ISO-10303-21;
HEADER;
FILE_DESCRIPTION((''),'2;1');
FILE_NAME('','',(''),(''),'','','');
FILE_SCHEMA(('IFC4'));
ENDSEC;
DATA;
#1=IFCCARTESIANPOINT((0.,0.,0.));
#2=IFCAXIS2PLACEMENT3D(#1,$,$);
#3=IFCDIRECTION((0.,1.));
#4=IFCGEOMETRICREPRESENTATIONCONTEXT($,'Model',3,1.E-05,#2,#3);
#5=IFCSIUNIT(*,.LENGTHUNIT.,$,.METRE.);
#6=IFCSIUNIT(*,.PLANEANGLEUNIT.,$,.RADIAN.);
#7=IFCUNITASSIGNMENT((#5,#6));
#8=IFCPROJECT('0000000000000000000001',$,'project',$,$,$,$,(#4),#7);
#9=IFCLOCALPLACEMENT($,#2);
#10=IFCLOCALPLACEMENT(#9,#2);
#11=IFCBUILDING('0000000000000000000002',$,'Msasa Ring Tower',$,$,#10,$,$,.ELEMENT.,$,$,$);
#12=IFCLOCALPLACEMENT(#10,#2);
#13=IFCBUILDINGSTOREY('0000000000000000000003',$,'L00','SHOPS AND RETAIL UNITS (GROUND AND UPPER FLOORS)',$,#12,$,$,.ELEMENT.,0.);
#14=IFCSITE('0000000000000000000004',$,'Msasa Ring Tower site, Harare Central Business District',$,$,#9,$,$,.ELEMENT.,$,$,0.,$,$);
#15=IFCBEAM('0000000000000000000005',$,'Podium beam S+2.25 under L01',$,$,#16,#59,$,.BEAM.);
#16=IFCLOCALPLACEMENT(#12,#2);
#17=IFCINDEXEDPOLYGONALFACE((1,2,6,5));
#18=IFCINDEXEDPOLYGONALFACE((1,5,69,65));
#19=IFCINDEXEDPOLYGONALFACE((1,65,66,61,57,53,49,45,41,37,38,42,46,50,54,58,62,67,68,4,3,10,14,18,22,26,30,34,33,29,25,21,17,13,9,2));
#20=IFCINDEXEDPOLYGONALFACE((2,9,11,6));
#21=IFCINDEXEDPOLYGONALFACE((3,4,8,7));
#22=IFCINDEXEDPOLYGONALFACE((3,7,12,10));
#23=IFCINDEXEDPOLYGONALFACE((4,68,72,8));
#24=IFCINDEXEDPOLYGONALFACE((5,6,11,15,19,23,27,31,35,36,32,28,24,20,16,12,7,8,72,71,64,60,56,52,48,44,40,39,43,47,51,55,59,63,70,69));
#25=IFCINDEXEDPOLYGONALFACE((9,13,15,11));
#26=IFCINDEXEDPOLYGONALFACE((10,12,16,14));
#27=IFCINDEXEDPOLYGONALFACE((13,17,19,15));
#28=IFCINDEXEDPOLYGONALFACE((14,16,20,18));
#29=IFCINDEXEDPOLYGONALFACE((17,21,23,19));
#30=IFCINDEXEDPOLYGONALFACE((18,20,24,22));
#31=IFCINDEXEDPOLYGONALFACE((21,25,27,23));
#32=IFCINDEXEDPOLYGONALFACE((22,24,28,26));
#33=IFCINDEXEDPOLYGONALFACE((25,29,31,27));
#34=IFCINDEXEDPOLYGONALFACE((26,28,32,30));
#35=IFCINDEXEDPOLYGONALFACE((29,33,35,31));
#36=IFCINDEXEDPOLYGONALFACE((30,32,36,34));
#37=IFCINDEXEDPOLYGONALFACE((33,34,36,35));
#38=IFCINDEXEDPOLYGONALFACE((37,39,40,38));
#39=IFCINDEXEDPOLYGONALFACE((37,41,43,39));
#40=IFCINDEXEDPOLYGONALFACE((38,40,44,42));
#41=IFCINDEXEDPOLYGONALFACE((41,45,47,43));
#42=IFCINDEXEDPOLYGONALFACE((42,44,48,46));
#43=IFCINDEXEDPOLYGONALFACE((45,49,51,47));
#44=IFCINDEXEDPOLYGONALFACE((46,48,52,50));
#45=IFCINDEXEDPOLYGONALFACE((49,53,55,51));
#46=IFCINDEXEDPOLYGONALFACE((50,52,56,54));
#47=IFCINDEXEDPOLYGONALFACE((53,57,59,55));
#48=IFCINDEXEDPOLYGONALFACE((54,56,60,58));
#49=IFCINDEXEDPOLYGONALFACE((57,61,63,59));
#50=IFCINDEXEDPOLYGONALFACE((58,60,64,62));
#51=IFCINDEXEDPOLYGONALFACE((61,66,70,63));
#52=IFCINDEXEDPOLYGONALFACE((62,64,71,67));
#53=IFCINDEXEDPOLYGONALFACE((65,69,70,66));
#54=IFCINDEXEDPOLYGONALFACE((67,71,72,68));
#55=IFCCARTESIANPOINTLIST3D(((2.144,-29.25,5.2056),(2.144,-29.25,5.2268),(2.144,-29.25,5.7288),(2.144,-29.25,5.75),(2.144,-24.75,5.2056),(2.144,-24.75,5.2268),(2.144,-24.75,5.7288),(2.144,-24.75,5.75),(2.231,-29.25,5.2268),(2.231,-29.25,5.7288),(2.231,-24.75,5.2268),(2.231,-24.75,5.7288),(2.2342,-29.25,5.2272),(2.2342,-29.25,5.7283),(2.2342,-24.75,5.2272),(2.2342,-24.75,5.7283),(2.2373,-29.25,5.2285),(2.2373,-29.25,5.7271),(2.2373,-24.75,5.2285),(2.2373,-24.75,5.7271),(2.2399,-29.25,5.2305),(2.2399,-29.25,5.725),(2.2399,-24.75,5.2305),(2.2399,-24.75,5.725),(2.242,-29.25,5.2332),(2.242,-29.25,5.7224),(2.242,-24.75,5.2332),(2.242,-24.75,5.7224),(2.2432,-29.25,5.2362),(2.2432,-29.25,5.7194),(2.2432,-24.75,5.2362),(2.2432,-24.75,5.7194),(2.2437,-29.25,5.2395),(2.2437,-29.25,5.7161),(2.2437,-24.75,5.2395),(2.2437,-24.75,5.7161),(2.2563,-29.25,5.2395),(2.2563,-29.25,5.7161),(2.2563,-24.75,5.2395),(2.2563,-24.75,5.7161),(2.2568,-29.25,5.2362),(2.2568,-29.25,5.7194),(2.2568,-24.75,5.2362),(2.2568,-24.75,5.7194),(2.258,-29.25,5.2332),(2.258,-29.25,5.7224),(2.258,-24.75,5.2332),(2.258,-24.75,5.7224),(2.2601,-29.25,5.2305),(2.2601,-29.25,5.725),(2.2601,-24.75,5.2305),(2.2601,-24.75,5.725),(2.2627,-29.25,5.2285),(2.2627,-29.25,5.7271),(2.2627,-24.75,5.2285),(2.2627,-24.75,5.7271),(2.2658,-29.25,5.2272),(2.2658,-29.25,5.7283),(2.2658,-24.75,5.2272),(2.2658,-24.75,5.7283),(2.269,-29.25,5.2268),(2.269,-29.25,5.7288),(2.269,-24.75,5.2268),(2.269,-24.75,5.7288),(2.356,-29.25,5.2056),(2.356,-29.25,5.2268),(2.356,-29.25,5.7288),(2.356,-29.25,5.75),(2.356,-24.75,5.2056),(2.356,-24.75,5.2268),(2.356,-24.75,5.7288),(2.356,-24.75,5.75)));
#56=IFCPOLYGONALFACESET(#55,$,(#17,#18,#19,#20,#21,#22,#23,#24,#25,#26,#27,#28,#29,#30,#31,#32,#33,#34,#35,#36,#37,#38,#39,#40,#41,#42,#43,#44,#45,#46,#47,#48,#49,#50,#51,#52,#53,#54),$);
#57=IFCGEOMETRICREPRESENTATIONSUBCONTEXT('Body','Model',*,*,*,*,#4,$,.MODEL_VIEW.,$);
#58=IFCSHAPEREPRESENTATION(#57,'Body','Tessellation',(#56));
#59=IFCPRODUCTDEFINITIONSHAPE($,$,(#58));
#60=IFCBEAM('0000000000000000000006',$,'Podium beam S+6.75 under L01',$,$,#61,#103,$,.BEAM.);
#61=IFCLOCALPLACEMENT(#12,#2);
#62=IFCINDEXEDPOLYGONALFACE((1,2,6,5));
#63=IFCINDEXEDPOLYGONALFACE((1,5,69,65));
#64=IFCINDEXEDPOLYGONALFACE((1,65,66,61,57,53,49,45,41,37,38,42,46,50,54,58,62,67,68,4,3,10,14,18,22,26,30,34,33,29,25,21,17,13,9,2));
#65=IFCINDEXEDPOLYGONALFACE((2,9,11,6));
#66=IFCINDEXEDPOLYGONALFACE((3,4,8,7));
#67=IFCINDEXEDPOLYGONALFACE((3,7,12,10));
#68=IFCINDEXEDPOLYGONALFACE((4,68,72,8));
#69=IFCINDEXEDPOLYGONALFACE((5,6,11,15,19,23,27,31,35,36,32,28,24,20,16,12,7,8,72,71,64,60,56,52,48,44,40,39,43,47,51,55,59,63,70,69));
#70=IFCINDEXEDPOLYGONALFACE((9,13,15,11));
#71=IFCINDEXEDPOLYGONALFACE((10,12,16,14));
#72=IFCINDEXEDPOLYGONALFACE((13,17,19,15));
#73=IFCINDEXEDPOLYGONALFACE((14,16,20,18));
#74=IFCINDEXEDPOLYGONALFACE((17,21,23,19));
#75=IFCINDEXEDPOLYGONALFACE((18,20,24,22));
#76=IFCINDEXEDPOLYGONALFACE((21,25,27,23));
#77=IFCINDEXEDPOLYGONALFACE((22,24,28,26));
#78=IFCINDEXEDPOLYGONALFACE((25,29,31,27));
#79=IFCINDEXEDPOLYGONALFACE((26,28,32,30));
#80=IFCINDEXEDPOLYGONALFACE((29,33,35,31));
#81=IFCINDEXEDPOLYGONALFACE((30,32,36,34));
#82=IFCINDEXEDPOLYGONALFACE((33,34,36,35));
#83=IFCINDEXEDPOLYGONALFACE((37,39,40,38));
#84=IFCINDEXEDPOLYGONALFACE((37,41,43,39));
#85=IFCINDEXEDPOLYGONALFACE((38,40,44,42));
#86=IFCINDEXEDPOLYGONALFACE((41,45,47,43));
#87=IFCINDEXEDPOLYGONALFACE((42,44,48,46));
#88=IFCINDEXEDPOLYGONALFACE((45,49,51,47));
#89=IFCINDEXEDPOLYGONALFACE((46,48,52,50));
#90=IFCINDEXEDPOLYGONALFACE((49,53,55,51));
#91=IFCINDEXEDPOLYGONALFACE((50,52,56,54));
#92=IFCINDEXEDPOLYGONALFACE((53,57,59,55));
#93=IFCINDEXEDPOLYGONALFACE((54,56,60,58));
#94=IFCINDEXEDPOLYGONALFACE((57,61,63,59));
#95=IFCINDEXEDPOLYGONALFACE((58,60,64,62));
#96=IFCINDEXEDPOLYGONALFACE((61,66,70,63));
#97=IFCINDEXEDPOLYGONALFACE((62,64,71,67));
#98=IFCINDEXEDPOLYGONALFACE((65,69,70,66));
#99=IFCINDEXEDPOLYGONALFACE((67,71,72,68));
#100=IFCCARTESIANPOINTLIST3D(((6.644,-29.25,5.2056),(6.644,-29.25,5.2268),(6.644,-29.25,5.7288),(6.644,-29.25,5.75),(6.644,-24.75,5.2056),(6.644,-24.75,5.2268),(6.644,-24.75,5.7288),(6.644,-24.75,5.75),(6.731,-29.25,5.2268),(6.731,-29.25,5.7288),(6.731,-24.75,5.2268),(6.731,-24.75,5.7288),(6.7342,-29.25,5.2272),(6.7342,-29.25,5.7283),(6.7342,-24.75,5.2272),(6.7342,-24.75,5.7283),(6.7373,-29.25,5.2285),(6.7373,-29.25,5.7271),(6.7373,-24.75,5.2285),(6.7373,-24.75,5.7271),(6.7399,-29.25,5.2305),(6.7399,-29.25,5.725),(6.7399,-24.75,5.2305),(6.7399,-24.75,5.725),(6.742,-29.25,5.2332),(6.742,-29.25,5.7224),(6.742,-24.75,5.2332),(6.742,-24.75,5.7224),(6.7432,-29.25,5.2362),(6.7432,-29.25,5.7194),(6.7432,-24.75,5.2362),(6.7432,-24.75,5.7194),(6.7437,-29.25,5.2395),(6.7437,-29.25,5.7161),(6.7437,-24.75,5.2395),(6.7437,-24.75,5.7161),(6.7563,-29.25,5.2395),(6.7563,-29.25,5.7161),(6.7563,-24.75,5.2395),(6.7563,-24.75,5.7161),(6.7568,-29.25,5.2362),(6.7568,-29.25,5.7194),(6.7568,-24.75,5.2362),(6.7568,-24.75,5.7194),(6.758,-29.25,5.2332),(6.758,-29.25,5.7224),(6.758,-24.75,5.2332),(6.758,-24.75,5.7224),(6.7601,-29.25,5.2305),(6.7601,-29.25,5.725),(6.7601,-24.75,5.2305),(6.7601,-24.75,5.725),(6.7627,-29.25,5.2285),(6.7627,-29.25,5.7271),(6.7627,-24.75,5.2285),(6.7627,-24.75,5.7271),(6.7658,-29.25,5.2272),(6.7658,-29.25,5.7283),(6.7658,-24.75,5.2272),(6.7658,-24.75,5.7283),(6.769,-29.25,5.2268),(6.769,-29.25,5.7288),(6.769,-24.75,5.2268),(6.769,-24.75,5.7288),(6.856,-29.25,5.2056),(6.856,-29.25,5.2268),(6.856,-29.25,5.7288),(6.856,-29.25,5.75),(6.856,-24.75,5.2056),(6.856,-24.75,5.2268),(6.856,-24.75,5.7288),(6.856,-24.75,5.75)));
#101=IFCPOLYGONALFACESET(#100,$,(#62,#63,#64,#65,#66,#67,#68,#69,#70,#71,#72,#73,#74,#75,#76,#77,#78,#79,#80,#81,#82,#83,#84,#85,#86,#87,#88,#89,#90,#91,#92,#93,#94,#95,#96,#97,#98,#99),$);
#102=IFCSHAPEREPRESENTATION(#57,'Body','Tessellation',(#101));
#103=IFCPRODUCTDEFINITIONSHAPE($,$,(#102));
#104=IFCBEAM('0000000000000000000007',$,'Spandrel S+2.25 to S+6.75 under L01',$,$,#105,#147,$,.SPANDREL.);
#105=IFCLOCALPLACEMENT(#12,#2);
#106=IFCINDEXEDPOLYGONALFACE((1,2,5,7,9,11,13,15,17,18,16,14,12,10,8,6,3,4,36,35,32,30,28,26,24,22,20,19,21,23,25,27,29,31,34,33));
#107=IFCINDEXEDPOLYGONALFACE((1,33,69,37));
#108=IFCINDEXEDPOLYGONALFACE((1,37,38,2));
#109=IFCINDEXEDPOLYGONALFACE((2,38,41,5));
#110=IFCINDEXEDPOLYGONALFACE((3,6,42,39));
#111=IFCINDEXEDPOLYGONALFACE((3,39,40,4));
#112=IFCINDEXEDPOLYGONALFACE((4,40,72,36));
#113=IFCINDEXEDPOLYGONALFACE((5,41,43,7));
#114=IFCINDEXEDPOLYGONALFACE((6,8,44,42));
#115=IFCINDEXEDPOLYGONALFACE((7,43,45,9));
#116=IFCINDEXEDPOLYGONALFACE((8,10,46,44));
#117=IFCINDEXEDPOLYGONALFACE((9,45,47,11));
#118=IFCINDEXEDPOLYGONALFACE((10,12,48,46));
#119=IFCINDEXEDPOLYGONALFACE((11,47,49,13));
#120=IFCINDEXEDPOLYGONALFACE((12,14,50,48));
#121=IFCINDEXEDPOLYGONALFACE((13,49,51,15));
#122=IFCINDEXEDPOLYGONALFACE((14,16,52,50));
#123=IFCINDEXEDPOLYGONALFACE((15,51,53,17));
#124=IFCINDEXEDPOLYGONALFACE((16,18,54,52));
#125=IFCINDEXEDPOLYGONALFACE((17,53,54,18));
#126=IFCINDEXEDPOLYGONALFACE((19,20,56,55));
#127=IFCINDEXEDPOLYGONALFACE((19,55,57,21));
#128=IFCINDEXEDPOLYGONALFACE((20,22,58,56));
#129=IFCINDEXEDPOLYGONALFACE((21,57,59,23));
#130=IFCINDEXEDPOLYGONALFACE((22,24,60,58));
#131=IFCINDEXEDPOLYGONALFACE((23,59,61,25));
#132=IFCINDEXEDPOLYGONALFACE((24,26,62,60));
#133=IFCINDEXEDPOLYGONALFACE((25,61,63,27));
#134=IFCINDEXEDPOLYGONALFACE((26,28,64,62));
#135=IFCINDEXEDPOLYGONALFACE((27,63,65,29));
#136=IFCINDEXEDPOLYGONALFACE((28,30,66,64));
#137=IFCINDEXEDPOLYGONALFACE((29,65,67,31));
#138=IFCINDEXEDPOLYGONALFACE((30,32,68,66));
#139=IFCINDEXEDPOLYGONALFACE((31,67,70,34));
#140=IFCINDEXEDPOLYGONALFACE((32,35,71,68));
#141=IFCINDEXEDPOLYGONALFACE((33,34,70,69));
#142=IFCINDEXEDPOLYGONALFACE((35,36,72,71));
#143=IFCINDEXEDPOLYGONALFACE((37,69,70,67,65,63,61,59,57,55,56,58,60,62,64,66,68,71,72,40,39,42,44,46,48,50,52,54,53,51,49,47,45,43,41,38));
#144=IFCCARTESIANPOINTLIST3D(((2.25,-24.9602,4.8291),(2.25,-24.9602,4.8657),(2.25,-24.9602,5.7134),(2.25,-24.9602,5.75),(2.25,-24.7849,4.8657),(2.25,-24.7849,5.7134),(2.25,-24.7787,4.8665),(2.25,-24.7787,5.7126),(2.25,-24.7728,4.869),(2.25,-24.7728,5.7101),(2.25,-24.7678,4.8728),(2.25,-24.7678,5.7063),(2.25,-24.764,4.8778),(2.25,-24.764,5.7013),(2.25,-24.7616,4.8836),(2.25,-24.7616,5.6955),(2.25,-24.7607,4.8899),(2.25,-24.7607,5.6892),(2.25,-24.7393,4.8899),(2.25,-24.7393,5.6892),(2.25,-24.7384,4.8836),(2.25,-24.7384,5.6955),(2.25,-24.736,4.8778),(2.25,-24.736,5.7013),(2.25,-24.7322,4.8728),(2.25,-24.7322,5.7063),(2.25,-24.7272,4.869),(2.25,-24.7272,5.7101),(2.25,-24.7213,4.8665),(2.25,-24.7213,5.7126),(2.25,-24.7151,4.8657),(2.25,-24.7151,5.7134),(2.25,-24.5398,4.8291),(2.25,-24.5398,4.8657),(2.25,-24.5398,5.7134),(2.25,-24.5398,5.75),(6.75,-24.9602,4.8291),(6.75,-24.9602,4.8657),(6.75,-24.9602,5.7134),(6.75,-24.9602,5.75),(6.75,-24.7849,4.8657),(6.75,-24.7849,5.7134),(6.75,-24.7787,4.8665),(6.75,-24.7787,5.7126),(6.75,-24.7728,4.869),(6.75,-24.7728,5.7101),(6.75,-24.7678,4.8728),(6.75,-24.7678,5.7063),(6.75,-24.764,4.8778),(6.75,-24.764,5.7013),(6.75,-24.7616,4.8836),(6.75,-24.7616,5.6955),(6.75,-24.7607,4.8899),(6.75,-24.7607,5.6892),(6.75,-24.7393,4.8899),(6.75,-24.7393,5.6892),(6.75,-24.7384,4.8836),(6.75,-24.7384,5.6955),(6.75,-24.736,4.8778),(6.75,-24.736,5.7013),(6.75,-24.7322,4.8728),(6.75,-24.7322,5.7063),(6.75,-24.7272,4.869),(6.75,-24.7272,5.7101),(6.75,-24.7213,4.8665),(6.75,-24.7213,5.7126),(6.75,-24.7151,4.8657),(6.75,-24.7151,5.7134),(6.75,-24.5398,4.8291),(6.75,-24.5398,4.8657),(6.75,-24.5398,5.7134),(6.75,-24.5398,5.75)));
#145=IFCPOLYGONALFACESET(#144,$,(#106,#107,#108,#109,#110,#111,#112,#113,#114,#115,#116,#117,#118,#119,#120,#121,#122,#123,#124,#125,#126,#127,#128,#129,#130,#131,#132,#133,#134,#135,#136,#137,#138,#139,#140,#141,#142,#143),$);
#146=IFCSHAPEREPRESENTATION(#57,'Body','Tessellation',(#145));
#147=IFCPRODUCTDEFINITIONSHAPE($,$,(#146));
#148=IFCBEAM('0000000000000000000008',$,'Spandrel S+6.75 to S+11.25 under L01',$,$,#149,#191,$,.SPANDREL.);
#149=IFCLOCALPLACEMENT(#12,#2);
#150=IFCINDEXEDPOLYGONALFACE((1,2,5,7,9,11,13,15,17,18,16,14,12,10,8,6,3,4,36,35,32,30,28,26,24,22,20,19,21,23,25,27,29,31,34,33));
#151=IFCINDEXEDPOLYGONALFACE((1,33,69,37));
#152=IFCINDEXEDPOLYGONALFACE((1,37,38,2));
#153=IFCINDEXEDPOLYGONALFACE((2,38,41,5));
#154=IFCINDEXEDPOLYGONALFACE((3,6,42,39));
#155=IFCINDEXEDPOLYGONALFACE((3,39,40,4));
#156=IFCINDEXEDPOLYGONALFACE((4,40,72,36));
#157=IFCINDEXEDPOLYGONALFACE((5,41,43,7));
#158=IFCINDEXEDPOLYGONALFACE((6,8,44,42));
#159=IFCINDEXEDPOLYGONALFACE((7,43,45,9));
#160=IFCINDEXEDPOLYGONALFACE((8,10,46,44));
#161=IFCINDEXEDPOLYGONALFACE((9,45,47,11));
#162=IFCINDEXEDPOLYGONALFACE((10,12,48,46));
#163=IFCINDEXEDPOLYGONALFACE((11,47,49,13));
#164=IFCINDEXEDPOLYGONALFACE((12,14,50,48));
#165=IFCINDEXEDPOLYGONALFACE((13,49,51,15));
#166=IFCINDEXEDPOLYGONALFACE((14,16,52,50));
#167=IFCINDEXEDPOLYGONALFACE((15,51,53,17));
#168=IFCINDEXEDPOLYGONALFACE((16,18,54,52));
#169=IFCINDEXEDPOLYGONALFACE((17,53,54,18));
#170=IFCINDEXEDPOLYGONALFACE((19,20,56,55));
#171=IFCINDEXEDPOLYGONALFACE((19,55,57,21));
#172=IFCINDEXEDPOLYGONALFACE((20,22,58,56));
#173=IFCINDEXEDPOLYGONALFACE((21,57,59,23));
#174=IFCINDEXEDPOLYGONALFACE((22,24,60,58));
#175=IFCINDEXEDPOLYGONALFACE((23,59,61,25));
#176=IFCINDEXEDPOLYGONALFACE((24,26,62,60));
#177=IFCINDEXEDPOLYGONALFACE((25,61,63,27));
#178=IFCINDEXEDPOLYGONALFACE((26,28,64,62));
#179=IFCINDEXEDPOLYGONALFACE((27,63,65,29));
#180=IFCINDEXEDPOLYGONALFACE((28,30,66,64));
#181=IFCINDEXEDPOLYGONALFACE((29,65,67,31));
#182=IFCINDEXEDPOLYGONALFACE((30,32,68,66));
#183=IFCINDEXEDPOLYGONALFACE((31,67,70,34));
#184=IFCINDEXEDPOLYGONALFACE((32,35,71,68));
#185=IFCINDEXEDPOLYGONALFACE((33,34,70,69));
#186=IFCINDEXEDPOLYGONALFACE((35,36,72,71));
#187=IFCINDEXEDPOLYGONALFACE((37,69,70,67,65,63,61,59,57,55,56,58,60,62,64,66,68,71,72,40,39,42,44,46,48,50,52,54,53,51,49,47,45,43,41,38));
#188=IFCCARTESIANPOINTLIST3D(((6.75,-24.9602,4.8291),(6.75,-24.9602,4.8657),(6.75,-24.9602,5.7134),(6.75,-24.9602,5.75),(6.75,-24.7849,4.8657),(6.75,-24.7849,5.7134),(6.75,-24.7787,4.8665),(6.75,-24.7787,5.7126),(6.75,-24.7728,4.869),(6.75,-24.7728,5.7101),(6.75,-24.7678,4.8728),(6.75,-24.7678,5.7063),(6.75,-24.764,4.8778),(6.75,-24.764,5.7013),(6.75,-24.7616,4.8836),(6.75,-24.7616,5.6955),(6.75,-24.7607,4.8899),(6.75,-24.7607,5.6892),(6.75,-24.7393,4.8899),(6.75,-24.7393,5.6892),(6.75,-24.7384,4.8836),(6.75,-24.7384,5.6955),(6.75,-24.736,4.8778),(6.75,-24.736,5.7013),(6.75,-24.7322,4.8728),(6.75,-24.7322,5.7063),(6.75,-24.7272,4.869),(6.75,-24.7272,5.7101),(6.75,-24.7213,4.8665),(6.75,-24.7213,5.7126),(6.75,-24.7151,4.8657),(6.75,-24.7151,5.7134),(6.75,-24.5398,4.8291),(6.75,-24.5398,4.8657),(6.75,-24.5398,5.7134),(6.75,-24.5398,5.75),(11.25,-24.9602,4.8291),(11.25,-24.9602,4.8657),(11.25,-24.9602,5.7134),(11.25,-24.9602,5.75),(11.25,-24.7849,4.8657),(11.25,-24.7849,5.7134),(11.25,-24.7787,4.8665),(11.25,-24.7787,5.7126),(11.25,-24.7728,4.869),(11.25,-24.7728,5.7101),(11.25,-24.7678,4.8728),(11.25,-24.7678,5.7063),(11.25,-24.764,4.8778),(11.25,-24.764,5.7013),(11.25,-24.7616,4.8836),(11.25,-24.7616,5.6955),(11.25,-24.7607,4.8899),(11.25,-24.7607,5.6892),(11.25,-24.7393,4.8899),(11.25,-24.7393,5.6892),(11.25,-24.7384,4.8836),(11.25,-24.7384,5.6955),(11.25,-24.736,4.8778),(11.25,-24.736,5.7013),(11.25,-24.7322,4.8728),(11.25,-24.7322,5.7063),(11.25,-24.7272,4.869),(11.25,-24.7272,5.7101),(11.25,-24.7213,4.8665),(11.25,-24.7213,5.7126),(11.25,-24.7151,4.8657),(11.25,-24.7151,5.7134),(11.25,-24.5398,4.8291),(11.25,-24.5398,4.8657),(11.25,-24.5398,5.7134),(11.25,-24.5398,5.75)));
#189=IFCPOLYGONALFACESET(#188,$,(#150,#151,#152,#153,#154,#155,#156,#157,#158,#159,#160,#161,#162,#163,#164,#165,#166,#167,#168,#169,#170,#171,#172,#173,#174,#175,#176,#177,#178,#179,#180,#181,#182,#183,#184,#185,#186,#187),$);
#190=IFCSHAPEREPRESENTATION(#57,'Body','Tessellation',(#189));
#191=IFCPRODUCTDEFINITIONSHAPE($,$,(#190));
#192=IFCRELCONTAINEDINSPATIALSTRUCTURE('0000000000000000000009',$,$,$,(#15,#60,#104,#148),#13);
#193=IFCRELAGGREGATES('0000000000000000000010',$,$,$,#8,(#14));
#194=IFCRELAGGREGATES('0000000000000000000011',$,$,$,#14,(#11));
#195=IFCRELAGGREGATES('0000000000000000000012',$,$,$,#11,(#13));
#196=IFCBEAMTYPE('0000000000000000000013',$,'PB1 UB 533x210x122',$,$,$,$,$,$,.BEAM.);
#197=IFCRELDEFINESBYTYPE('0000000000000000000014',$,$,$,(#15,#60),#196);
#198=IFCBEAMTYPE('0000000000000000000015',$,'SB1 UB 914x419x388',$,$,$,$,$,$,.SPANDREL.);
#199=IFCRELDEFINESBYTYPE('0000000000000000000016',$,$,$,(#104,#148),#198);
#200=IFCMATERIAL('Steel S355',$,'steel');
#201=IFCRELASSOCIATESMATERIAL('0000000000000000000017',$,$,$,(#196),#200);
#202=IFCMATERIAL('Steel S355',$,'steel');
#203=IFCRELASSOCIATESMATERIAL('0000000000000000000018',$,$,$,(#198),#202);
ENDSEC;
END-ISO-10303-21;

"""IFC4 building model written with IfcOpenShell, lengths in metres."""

from ifc_helpers import new_model, si_unit, direction, frame, origin, origin_2d, place, context, subcontext, project, spatial, i_section, extrude, material, material_profile, profile_set, type_object, element, save


model = new_model("IFC4")

# Units and contexts
model_context = context("Model", 3, precision=1e-05, world=origin(), true_north=direction((0.0, 1.0)))
body_context = subcontext(model_context, "Body", "Model", "MODEL_VIEW")
ifc_project = project(units=[si_unit("LENGTHUNIT", "METRE"), si_unit("PLANEANGLEUNIT", "RADIAN")], contexts=[model_context])

# Site, building, storey
site_placement = place(None, origin())
site = spatial("IfcSite", under=ifc_project, at=site_placement, Name="Msasa Ring Tower site, Harare Central Business District", CompositionType="ELEMENT", RefElevation=0.0)
building_placement = place(site_placement, origin())
building = spatial("IfcBuilding", under=site, at=building_placement, Name="Msasa Ring Tower", CompositionType="ELEMENT")
storey_placement = place(building_placement, origin())
storey = spatial("IfcBuildingStorey", under=building, at=storey_placement, Name="L00", Description="SHOPS AND RETAIL UNITS (GROUND AND UPPER FLOORS)", CompositionType="ELEMENT", Elevation=0.0)

# Beams
ifc_material_1 = material(Name="Steel S355", Category="steel")
ifc_material_profile_1 = material_profile(ifc_material_1, i_section(OverallWidth=0.2119, OverallDepth=0.5444, WebThickness=0.0127, FlangeThickness=0.0212, FilletRadius=0.0127, at=origin_2d()), Name="UB 533x210x122")
ifc_profile_set_1 = profile_set([ifc_material_profile_1], Name="Steel S355")
beam_type_1 = type_object("IfcBeamType", Name="PB1 UB 533x210x122", PredefinedType="BEAM", material=ifc_profile_set_1)
for number, where, z_axis, x_axis, name in (
    (1, (2.25, -29.25, 5.4778), (0.0, 1.0, 0.0), (-1.0, 0.0, 0.0), "Podium beam S+2.25 under L01"),
    (2, (6.75, -29.25, 5.4778), (0.0, 1.0, 0.0), (-1.0, 0.0, 0.0), "Podium beam S+6.75 under L01"),
):
    element("IfcBeam", number, at=place(storey_placement, frame(where, z_axis=z_axis, x_axis=x_axis)), inside=storey, type_object=beam_type_1, Name=name, PredefinedType="BEAM", context=body_context, shape_type="SweptSolid", body=[
        extrude(i_section(OverallWidth=0.2119, OverallDepth=0.5444, WebThickness=0.0127, FlangeThickness=0.0212, FilletRadius=0.0127, at=origin_2d()), origin(), (0.0, 0.0, 1.0), 4.5),
    ])
ifc_material_2 = material(Name="Steel S355", Category="steel")
ifc_material_profile_2 = material_profile(ifc_material_2, i_section(OverallWidth=0.4204, OverallDepth=0.9209, WebThickness=0.0215, FlangeThickness=0.0366, FilletRadius=0.0242, at=origin_2d()), Name="UB 914x419x388")
ifc_profile_set_2 = profile_set([ifc_material_profile_2], Name="Steel S355")
beam_type_2 = type_object("IfcBeamType", Name="SB1 UB 914x419x388", PredefinedType="SPANDREL", material=ifc_profile_set_2)
for number, where, z_axis, x_axis, name in (
    (3, (2.25, -24.75, 5.2896), (1.0, 0.0, 0.0), (0.0, 1.0, 0.0), "Spandrel S+2.25 to S+6.75 under L01"),
    (4, (6.75, -24.75, 5.2896), (1.0, 0.0, 0.0), (0.0, 1.0, 0.0), "Spandrel S+6.75 to S+11.25 under L01"),
):
    element("IfcBeam", number, at=place(storey_placement, frame(where, z_axis=z_axis, x_axis=x_axis)), inside=storey, type_object=beam_type_2, Name=name, PredefinedType="SPANDREL", context=body_context, shape_type="SweptSolid", body=[
        extrude(i_section(OverallWidth=0.4204, OverallDepth=0.9209, WebThickness=0.0215, FlangeThickness=0.0366, FilletRadius=0.0242, at=origin_2d()), origin(), (0.0, 0.0, 1.0), 4.5),
    ])

save(model, "model.ifc")
